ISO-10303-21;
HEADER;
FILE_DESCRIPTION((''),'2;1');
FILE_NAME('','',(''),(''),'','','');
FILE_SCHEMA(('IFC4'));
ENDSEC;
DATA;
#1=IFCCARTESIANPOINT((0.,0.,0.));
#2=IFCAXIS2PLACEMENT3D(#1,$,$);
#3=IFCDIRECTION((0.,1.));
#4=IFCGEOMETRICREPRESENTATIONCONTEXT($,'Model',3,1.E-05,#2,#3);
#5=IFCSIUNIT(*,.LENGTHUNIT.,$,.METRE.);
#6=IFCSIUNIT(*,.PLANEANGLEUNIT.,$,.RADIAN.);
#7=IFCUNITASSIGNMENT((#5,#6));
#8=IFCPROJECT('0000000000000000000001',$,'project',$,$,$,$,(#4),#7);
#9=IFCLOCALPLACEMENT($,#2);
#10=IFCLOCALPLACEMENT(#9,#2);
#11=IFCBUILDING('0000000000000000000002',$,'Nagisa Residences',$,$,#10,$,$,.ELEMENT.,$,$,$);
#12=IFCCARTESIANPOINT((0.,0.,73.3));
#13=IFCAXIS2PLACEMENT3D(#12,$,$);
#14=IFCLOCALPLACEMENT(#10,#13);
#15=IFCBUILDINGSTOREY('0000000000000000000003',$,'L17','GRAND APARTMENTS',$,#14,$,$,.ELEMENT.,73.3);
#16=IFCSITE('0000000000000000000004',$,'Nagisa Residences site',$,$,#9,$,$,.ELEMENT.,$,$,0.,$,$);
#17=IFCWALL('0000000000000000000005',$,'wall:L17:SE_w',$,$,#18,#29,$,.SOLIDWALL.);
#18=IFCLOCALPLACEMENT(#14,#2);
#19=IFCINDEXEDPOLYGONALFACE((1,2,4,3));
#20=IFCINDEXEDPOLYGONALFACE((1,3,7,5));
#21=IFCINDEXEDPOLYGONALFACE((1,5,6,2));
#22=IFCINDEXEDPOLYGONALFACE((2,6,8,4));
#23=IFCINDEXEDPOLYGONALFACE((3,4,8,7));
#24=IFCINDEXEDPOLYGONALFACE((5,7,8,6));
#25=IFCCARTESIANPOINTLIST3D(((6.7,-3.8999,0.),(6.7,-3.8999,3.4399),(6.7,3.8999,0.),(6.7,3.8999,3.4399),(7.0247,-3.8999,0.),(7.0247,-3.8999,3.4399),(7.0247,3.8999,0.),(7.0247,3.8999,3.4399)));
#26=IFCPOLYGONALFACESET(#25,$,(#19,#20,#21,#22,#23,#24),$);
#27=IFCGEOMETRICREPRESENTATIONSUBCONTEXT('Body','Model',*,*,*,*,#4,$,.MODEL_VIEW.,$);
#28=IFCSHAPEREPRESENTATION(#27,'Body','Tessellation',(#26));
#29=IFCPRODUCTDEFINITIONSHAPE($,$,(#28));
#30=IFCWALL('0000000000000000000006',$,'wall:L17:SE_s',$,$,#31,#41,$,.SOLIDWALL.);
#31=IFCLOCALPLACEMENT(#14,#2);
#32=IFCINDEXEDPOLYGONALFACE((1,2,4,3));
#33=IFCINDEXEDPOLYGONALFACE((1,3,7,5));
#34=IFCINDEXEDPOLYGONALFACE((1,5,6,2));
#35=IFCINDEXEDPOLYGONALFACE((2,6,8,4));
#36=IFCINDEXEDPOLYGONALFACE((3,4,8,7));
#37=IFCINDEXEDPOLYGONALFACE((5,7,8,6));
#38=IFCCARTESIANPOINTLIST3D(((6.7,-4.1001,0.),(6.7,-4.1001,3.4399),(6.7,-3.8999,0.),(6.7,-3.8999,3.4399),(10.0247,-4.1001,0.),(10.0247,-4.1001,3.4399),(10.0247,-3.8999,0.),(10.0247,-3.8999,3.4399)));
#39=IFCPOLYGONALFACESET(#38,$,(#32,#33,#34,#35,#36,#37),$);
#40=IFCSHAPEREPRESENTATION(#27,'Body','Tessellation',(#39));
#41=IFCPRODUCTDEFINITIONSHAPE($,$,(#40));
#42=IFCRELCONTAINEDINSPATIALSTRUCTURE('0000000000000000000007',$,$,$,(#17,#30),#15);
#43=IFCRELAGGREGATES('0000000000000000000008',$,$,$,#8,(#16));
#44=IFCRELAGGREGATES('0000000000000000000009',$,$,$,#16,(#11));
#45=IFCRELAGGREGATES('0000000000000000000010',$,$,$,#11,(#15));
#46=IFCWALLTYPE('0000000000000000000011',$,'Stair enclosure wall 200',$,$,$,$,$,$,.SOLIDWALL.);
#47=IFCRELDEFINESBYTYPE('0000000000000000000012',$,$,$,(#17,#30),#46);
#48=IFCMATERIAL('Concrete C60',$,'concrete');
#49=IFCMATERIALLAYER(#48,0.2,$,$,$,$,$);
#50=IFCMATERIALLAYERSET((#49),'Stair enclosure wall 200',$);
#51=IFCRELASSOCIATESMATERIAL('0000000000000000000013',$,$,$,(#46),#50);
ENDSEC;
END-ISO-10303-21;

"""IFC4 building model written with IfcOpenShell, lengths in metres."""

from ifc_helpers import new_model, si_unit, direction, frame, origin, place, context, subcontext, project, spatial, polyline, outline, extrude, material, layer, layer_set, type_object, element, save


model = new_model("IFC4")

# Units and contexts
model_context = context("Model", 3, precision=1e-05, world=origin(), true_north=direction((0.0, 1.0)))
body_context = subcontext(model_context, "Body", "Model", "MODEL_VIEW")
ifc_project = project(units=[si_unit("LENGTHUNIT", "METRE"), si_unit("PLANEANGLEUNIT", "RADIAN")], contexts=[model_context])

# Site, building, storey
site_placement = place(None, origin())
site = spatial("IfcSite", under=ifc_project, at=site_placement, Name="Nagisa Residences site", CompositionType="ELEMENT", RefElevation=0.0)
building_placement = place(site_placement, origin())
building = spatial("IfcBuilding", under=site, at=building_placement, Name="Nagisa Residences", CompositionType="ELEMENT")
storey_placement = place(building_placement, frame((0.0, 0.0, 73.3)))
storey = spatial("IfcBuildingStorey", under=building, at=storey_placement, Name="L17", Description="GRAND APARTMENTS", CompositionType="ELEMENT", Elevation=73.3)

# Walls
ifc_material_1 = material(Name="Concrete C60", Category="concrete")
ifc_layer_1 = layer(ifc_material_1, 0.2)
ifc_layer_set_1 = layer_set([ifc_layer_1], Name="Stair enclosure wall 200")
wall_type_1 = type_object("IfcWallType", Name="Stair enclosure wall 200", PredefinedType="SOLIDWALL", material=ifc_layer_set_1)
wall_1_placement = place(storey_placement, origin())
element("IfcWall", 1, at=wall_1_placement, inside=storey, type_object=wall_type_1, Name="wall:L17:SE_w", PredefinedType="SOLIDWALL", context=body_context, shape_type="SweptSolid", body=[
    extrude(outline(polyline([(7.0247, -3.8999), (6.7, -3.8999), (6.7, 3.8999), (7.0247, 3.8999), (7.0247, -3.8999)])), origin(), (0.0, 0.0, 1.0), 3.4399),
])
wall_2_placement = place(storey_placement, origin())
element("IfcWall", 2, at=wall_2_placement, inside=storey, type_object=wall_type_1, Name="wall:L17:SE_s", PredefinedType="SOLIDWALL", context=body_context, shape_type="SweptSolid", body=[
    extrude(outline(polyline([(10.0247, -4.1001), (6.7, -4.1001), (6.7, -3.8999), (10.0247, -3.8999), (10.0247, -4.1001)])), origin(), (0.0, 0.0, 1.0), 3.4399),
])

save(model, "model.ifc")
